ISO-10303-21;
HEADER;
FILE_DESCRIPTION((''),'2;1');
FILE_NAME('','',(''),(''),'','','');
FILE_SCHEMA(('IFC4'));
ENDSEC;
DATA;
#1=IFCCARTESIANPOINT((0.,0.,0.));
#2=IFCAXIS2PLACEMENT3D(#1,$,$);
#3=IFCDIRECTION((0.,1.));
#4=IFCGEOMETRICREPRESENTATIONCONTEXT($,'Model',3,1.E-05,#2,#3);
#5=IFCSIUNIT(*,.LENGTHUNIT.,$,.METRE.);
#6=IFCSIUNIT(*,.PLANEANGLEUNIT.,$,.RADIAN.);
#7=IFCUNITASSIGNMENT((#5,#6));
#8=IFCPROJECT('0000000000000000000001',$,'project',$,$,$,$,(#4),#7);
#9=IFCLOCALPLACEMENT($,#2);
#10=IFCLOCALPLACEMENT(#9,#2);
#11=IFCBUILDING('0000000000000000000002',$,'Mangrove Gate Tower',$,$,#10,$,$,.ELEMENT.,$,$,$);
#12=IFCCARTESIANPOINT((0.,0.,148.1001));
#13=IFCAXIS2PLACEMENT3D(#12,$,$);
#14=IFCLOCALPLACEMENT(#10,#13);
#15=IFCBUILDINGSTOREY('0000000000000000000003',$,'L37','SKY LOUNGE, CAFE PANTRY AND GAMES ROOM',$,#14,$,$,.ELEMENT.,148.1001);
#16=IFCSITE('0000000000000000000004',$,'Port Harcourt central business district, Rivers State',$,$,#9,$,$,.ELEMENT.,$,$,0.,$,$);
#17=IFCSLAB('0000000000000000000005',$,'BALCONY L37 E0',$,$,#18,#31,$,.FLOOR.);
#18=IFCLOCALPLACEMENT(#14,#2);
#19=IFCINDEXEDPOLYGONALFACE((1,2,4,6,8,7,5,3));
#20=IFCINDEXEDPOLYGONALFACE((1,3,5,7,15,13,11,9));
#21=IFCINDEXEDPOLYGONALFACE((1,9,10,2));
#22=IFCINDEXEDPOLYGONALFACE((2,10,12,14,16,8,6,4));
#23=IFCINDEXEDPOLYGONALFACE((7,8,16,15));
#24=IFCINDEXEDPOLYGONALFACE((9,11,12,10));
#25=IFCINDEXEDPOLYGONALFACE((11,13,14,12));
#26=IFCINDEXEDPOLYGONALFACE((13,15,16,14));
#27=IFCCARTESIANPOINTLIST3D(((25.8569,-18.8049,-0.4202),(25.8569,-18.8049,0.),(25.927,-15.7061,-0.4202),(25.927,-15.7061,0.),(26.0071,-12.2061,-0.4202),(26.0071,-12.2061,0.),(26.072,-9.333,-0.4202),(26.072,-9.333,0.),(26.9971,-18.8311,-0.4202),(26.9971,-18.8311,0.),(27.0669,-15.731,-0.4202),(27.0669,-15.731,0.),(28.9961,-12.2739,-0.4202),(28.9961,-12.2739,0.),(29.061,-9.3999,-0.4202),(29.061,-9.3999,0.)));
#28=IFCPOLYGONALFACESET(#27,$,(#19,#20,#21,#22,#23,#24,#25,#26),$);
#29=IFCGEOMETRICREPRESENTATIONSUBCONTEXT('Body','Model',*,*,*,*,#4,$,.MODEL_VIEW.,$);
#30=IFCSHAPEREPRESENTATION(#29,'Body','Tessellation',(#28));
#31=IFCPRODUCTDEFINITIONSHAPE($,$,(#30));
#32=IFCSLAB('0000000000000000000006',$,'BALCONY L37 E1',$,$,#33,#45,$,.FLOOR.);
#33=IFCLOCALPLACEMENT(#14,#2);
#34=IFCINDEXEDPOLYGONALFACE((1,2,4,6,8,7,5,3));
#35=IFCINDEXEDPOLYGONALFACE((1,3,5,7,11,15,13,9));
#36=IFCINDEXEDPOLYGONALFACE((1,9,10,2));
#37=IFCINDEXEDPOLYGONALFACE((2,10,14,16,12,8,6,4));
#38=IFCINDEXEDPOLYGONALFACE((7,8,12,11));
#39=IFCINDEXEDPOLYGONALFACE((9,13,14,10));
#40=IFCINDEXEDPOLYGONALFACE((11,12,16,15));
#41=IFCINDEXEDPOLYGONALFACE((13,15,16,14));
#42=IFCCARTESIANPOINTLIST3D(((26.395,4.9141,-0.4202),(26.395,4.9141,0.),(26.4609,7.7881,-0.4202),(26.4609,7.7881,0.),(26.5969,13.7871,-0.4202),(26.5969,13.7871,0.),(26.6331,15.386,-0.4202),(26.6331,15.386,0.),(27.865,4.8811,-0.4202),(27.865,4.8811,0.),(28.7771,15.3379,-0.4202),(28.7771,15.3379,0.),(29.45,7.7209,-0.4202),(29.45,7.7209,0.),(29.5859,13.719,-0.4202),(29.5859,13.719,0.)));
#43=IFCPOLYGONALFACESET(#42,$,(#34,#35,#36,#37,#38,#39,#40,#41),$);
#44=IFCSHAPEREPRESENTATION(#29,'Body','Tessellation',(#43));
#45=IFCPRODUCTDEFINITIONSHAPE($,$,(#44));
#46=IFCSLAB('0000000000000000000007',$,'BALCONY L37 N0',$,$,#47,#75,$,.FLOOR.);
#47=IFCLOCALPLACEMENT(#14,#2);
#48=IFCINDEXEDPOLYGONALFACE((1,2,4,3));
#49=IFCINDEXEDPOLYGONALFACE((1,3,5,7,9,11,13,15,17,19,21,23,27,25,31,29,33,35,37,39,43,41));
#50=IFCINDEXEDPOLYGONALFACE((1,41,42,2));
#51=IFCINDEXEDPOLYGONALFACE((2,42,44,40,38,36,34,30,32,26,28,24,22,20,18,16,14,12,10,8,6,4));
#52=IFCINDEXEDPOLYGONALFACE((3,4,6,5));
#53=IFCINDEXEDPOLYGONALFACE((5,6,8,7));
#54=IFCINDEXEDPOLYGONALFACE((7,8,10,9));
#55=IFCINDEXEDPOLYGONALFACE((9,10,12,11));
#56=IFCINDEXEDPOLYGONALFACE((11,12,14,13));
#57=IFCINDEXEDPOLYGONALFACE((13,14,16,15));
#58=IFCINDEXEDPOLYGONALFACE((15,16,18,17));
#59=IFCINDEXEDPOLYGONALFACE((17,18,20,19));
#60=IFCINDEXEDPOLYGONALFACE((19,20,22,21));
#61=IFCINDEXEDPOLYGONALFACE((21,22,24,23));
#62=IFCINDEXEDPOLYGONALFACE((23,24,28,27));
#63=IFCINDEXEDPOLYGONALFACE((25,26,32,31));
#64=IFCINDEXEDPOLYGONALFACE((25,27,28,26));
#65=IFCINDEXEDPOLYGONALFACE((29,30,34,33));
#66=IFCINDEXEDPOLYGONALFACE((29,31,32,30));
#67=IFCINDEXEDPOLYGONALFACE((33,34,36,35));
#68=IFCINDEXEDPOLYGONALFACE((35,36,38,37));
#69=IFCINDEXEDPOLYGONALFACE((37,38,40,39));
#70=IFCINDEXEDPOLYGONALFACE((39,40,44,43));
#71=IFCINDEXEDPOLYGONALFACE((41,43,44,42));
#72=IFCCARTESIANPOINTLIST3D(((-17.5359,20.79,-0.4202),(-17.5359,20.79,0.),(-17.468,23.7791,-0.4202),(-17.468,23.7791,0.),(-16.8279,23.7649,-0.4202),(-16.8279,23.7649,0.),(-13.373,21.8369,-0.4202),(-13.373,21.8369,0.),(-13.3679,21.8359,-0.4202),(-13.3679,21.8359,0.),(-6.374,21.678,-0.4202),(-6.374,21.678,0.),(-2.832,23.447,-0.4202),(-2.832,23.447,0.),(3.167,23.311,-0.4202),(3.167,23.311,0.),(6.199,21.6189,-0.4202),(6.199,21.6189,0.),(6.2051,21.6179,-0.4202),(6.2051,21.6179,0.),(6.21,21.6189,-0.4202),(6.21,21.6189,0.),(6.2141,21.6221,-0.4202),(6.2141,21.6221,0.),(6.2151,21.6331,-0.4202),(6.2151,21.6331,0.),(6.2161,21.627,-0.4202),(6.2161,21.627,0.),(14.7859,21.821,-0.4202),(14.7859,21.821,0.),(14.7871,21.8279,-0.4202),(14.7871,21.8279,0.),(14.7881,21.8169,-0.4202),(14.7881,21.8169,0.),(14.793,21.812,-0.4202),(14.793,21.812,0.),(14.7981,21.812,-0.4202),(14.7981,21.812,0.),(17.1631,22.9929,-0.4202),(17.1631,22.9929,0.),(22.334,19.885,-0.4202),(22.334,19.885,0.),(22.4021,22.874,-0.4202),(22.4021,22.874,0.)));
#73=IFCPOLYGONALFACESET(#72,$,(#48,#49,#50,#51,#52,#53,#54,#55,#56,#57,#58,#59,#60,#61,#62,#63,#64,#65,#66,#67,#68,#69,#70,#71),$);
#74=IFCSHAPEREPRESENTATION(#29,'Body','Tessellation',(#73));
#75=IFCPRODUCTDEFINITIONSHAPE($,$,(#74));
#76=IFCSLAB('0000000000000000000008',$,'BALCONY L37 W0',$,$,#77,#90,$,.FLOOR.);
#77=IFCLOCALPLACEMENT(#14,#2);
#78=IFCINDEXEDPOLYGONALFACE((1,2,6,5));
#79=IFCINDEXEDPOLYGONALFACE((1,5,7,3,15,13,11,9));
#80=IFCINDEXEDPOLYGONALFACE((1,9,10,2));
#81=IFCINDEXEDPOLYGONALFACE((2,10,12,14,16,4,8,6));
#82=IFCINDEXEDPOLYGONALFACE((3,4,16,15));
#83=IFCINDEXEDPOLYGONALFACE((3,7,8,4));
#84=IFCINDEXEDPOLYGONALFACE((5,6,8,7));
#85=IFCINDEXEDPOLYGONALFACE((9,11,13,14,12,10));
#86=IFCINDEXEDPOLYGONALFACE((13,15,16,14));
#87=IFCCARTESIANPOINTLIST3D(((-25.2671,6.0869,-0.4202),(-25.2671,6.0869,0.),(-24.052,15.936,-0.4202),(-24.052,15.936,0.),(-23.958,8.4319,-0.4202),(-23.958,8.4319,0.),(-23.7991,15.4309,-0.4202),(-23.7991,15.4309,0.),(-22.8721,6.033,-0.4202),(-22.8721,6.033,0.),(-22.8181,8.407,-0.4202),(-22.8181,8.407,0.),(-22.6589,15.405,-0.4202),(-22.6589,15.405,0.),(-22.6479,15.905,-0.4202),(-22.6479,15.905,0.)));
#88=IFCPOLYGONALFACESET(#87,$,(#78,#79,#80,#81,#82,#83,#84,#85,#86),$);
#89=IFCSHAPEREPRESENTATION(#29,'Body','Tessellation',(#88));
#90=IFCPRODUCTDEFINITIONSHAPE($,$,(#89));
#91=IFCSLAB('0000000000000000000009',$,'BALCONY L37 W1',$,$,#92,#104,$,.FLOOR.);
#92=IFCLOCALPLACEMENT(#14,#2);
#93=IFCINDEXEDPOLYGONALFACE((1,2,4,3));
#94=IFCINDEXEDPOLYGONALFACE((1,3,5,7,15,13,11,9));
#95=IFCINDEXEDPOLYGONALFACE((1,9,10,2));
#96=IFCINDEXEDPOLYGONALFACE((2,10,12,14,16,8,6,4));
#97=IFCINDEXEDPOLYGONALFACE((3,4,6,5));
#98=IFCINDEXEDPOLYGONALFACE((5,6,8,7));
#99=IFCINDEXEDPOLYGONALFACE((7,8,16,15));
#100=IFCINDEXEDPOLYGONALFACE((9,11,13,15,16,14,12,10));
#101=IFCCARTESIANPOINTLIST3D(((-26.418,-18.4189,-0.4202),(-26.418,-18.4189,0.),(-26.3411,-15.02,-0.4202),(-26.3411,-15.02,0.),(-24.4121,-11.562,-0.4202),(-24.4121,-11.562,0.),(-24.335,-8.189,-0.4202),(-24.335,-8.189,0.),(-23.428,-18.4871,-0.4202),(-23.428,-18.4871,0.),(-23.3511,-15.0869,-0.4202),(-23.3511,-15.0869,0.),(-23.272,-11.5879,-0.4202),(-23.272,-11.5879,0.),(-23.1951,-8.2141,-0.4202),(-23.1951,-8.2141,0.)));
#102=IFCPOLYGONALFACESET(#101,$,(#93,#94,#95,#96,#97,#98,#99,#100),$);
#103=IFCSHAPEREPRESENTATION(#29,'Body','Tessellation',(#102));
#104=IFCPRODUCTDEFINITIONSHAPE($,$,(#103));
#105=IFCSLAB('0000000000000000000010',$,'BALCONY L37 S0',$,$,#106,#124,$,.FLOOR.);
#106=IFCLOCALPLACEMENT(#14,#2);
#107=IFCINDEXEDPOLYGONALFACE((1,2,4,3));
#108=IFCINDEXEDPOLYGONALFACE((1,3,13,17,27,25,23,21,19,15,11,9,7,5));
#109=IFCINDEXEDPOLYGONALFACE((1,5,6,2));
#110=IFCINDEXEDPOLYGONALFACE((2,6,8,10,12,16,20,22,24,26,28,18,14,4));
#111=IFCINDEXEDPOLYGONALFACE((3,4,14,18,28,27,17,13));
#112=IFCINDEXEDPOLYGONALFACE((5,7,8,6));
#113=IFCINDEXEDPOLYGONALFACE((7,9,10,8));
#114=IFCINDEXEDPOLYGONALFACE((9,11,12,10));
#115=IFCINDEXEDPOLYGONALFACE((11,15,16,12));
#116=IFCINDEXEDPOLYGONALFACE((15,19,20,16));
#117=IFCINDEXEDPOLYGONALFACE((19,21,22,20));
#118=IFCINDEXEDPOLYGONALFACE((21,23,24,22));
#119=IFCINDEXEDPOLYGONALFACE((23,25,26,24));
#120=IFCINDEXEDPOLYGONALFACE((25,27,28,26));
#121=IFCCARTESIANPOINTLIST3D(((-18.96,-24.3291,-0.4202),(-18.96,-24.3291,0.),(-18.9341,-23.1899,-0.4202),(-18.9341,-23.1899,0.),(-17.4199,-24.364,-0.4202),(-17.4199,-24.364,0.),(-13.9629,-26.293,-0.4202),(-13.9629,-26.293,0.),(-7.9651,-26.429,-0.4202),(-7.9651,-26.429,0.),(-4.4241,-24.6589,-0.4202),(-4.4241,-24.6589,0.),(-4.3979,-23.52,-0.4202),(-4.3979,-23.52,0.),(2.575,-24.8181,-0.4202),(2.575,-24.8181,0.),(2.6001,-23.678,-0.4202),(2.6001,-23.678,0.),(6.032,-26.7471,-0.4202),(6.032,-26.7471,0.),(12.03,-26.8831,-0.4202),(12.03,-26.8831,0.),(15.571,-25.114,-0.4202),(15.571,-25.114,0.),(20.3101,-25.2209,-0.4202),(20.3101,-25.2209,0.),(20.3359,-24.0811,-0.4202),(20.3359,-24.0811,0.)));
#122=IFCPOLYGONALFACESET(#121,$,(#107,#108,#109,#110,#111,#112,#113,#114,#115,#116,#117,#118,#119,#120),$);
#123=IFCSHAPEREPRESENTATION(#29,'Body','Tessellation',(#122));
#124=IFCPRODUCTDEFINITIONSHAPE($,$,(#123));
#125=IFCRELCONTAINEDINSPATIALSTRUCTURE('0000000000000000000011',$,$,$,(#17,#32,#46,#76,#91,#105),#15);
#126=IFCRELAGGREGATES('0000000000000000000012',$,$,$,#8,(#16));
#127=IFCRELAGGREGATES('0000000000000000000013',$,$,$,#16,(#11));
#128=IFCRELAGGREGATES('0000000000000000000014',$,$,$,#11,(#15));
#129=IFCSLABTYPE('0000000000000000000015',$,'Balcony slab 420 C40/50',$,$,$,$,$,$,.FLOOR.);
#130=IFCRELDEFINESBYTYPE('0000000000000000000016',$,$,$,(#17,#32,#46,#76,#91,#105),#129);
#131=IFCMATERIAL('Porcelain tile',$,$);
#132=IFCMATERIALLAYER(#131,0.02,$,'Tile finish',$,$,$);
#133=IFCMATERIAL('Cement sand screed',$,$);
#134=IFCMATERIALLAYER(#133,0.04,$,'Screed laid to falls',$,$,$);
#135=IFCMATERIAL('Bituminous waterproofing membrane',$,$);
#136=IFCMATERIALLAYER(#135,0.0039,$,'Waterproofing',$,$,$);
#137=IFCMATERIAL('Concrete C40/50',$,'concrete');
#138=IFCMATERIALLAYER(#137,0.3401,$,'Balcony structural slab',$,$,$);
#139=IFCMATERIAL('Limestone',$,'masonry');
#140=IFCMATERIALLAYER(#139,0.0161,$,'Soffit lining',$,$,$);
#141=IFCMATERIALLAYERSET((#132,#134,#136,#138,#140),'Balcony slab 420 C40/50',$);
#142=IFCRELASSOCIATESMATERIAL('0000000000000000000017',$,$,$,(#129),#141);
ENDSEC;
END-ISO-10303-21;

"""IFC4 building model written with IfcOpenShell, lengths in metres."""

from ifc_helpers import new_model, si_unit, direction, frame, origin, place, context, subcontext, project, spatial, polyline, outline, extrude, material, layer, layer_set, type_object, element, save


model = new_model("IFC4")

# Units and contexts
model_context = context("Model", 3, precision=1e-05, world=origin(), true_north=direction((0.0, 1.0)))
body_context = subcontext(model_context, "Body", "Model", "MODEL_VIEW")
ifc_project = project(units=[si_unit("LENGTHUNIT", "METRE"), si_unit("PLANEANGLEUNIT", "RADIAN")], contexts=[model_context])

# Site, building, storey
site_placement = place(None, origin())
site = spatial("IfcSite", under=ifc_project, at=site_placement, Name="Port Harcourt central business district, Rivers State", CompositionType="ELEMENT", RefElevation=0.0)
building_placement = place(site_placement, origin())
building = spatial("IfcBuilding", under=site, at=building_placement, Name="Mangrove Gate Tower", CompositionType="ELEMENT")
storey_placement = place(building_placement, frame((0.0, 0.0, 148.1001)))
storey = spatial("IfcBuildingStorey", under=building, at=storey_placement, Name="L37", Description="SKY LOUNGE, CAFE PANTRY AND GAMES ROOM", CompositionType="ELEMENT", Elevation=148.1001)

# Slabs
ifc_material_1 = material(Name="Porcelain tile")
ifc_layer_1 = layer(ifc_material_1, 0.02, Name="Tile finish")
ifc_material_2 = material(Name="Cement sand screed")
ifc_layer_2 = layer(ifc_material_2, 0.04, Name="Screed laid to falls")
ifc_material_3 = material(Name="Bituminous waterproofing membrane")
ifc_layer_3 = layer(ifc_material_3, 0.0039, Name="Waterproofing")
ifc_material_4 = material(Name="Concrete C40/50", Category="concrete")
ifc_layer_4 = layer(ifc_material_4, 0.3401, Name="Balcony structural slab")
ifc_material_5 = material(Name="Limestone", Category="masonry")
ifc_layer_5 = layer(ifc_material_5, 0.0161, Name="Soffit lining")
ifc_layer_set_1 = layer_set([ifc_layer_1, ifc_layer_2, ifc_layer_3, ifc_layer_4, ifc_layer_5], Name="Balcony slab 420 C40/50")
slab_type_1 = type_object("IfcSlabType", Name="Balcony slab 420 C40/50", PredefinedType="FLOOR", material=ifc_layer_set_1)
slab_1_placement = place(storey_placement, frame((0.0, 0.0, -0.4202)))
element("IfcSlab", 1, at=slab_1_placement, inside=storey, type_object=slab_type_1, Name="BALCONY L37 E0", PredefinedType="FLOOR", context=body_context, shape_type="SweptSolid", body=[
    extrude(outline(polyline([(26.9971, -18.8311), (27.0669, -15.731), (28.9961, -12.2739), (29.061, -9.3999), (26.072, -9.333), (26.0071, -12.2061), (25.927, -15.7061), (25.8569, -18.8049), (26.9971, -18.8311)])), origin(), (0.0, 0.0, 1.0), 0.4202),
])
slab_2_placement = place(storey_placement, frame((0.0, 0.0, -0.4202)))
element("IfcSlab", 2, at=slab_2_placement, inside=storey, type_object=slab_type_1, Name="BALCONY L37 E1", PredefinedType="FLOOR", context=body_context, shape_type="SweptSolid", body=[
    extrude(outline(polyline([(27.865, 4.8811), (29.45, 7.7209), (29.5859, 13.719), (28.7771, 15.3379), (26.6331, 15.386), (26.5969, 13.7871), (26.4609, 7.7881), (26.395, 4.9141), (27.865, 4.8811)])), origin(), (0.0, 0.0, 1.0), 0.4202),
])
slab_3_placement = place(storey_placement, frame((0.0, 0.0, -0.4202)))
element("IfcSlab", 3, at=slab_3_placement, inside=storey, type_object=slab_type_1, Name="BALCONY L37 N0", PredefinedType="FLOOR", context=body_context, shape_type="SweptSolid", body=[
    extrude(outline(polyline([(22.334, 19.885), (22.4021, 22.874), (17.1631, 22.9929), (14.7981, 21.812), (14.793, 21.812), (14.7881, 21.8169), (14.7859, 21.821), (14.7871, 21.8279), (6.2151, 21.6331), (6.2161, 21.627), (6.2141, 21.6221), (6.21, 21.6189), (6.2051, 21.6179), (6.199, 21.6189), (3.167, 23.311), (-2.832, 23.447), (-6.374, 21.678), (-13.3679, 21.8359), (-13.373, 21.8369), (-16.8279, 23.7649), (-17.468, 23.7791), (-17.5359, 20.79), (22.334, 19.885)])), origin(), (0.0, 0.0, 1.0), 0.4202),
])
slab_4_placement = place(storey_placement, frame((0.0, 0.0, -0.4202)))
element("IfcSlab", 4, at=slab_4_placement, inside=storey, type_object=slab_type_1, Name="BALCONY L37 W0", PredefinedType="FLOOR", context=body_context, shape_type="SweptSolid", body=[
    extrude(outline(polyline([(-24.052, 15.936), (-23.7991, 15.4309), (-23.958, 8.4319), (-25.2671, 6.0869), (-22.8721, 6.033), (-22.8181, 8.407), (-22.6589, 15.405), (-22.6479, 15.905), (-24.052, 15.936)])), origin(), (0.0, 0.0, 1.0), 0.4202),
])
slab_5_placement = place(storey_placement, frame((0.0, 0.0, -0.4202)))
element("IfcSlab", 5, at=slab_5_placement, inside=storey, type_object=slab_type_1, Name="BALCONY L37 W1", PredefinedType="FLOOR", context=body_context, shape_type="SweptSolid", body=[
    extrude(outline(polyline([(-24.335, -8.189), (-24.4121, -11.562), (-26.3411, -15.02), (-26.418, -18.4189), (-23.428, -18.4871), (-23.3511, -15.0869), (-23.272, -11.5879), (-23.1951, -8.2141), (-24.335, -8.189)])), origin(), (0.0, 0.0, 1.0), 0.4202),
])
slab_6_placement = place(storey_placement, frame((0.0, 0.0, -0.4202)))
element("IfcSlab", 6, at=slab_6_placement, inside=storey, type_object=slab_type_1, Name="BALCONY L37 S0", PredefinedType="FLOOR", context=body_context, shape_type="SweptSolid", body=[
    extrude(outline(polyline([(-18.96, -24.3291), (-17.4199, -24.364), (-13.9629, -26.293), (-7.9651, -26.429), (-4.4241, -24.6589), (2.575, -24.8181), (6.032, -26.7471), (12.03, -26.8831), (15.571, -25.114), (20.3101, -25.2209), (20.3359, -24.0811), (2.6001, -23.678), (-4.3979, -23.52), (-18.9341, -23.1899), (-18.96, -24.3291)])), origin(), (0.0, 0.0, 1.0), 0.4202),
])

save(model, "model.ifc")
